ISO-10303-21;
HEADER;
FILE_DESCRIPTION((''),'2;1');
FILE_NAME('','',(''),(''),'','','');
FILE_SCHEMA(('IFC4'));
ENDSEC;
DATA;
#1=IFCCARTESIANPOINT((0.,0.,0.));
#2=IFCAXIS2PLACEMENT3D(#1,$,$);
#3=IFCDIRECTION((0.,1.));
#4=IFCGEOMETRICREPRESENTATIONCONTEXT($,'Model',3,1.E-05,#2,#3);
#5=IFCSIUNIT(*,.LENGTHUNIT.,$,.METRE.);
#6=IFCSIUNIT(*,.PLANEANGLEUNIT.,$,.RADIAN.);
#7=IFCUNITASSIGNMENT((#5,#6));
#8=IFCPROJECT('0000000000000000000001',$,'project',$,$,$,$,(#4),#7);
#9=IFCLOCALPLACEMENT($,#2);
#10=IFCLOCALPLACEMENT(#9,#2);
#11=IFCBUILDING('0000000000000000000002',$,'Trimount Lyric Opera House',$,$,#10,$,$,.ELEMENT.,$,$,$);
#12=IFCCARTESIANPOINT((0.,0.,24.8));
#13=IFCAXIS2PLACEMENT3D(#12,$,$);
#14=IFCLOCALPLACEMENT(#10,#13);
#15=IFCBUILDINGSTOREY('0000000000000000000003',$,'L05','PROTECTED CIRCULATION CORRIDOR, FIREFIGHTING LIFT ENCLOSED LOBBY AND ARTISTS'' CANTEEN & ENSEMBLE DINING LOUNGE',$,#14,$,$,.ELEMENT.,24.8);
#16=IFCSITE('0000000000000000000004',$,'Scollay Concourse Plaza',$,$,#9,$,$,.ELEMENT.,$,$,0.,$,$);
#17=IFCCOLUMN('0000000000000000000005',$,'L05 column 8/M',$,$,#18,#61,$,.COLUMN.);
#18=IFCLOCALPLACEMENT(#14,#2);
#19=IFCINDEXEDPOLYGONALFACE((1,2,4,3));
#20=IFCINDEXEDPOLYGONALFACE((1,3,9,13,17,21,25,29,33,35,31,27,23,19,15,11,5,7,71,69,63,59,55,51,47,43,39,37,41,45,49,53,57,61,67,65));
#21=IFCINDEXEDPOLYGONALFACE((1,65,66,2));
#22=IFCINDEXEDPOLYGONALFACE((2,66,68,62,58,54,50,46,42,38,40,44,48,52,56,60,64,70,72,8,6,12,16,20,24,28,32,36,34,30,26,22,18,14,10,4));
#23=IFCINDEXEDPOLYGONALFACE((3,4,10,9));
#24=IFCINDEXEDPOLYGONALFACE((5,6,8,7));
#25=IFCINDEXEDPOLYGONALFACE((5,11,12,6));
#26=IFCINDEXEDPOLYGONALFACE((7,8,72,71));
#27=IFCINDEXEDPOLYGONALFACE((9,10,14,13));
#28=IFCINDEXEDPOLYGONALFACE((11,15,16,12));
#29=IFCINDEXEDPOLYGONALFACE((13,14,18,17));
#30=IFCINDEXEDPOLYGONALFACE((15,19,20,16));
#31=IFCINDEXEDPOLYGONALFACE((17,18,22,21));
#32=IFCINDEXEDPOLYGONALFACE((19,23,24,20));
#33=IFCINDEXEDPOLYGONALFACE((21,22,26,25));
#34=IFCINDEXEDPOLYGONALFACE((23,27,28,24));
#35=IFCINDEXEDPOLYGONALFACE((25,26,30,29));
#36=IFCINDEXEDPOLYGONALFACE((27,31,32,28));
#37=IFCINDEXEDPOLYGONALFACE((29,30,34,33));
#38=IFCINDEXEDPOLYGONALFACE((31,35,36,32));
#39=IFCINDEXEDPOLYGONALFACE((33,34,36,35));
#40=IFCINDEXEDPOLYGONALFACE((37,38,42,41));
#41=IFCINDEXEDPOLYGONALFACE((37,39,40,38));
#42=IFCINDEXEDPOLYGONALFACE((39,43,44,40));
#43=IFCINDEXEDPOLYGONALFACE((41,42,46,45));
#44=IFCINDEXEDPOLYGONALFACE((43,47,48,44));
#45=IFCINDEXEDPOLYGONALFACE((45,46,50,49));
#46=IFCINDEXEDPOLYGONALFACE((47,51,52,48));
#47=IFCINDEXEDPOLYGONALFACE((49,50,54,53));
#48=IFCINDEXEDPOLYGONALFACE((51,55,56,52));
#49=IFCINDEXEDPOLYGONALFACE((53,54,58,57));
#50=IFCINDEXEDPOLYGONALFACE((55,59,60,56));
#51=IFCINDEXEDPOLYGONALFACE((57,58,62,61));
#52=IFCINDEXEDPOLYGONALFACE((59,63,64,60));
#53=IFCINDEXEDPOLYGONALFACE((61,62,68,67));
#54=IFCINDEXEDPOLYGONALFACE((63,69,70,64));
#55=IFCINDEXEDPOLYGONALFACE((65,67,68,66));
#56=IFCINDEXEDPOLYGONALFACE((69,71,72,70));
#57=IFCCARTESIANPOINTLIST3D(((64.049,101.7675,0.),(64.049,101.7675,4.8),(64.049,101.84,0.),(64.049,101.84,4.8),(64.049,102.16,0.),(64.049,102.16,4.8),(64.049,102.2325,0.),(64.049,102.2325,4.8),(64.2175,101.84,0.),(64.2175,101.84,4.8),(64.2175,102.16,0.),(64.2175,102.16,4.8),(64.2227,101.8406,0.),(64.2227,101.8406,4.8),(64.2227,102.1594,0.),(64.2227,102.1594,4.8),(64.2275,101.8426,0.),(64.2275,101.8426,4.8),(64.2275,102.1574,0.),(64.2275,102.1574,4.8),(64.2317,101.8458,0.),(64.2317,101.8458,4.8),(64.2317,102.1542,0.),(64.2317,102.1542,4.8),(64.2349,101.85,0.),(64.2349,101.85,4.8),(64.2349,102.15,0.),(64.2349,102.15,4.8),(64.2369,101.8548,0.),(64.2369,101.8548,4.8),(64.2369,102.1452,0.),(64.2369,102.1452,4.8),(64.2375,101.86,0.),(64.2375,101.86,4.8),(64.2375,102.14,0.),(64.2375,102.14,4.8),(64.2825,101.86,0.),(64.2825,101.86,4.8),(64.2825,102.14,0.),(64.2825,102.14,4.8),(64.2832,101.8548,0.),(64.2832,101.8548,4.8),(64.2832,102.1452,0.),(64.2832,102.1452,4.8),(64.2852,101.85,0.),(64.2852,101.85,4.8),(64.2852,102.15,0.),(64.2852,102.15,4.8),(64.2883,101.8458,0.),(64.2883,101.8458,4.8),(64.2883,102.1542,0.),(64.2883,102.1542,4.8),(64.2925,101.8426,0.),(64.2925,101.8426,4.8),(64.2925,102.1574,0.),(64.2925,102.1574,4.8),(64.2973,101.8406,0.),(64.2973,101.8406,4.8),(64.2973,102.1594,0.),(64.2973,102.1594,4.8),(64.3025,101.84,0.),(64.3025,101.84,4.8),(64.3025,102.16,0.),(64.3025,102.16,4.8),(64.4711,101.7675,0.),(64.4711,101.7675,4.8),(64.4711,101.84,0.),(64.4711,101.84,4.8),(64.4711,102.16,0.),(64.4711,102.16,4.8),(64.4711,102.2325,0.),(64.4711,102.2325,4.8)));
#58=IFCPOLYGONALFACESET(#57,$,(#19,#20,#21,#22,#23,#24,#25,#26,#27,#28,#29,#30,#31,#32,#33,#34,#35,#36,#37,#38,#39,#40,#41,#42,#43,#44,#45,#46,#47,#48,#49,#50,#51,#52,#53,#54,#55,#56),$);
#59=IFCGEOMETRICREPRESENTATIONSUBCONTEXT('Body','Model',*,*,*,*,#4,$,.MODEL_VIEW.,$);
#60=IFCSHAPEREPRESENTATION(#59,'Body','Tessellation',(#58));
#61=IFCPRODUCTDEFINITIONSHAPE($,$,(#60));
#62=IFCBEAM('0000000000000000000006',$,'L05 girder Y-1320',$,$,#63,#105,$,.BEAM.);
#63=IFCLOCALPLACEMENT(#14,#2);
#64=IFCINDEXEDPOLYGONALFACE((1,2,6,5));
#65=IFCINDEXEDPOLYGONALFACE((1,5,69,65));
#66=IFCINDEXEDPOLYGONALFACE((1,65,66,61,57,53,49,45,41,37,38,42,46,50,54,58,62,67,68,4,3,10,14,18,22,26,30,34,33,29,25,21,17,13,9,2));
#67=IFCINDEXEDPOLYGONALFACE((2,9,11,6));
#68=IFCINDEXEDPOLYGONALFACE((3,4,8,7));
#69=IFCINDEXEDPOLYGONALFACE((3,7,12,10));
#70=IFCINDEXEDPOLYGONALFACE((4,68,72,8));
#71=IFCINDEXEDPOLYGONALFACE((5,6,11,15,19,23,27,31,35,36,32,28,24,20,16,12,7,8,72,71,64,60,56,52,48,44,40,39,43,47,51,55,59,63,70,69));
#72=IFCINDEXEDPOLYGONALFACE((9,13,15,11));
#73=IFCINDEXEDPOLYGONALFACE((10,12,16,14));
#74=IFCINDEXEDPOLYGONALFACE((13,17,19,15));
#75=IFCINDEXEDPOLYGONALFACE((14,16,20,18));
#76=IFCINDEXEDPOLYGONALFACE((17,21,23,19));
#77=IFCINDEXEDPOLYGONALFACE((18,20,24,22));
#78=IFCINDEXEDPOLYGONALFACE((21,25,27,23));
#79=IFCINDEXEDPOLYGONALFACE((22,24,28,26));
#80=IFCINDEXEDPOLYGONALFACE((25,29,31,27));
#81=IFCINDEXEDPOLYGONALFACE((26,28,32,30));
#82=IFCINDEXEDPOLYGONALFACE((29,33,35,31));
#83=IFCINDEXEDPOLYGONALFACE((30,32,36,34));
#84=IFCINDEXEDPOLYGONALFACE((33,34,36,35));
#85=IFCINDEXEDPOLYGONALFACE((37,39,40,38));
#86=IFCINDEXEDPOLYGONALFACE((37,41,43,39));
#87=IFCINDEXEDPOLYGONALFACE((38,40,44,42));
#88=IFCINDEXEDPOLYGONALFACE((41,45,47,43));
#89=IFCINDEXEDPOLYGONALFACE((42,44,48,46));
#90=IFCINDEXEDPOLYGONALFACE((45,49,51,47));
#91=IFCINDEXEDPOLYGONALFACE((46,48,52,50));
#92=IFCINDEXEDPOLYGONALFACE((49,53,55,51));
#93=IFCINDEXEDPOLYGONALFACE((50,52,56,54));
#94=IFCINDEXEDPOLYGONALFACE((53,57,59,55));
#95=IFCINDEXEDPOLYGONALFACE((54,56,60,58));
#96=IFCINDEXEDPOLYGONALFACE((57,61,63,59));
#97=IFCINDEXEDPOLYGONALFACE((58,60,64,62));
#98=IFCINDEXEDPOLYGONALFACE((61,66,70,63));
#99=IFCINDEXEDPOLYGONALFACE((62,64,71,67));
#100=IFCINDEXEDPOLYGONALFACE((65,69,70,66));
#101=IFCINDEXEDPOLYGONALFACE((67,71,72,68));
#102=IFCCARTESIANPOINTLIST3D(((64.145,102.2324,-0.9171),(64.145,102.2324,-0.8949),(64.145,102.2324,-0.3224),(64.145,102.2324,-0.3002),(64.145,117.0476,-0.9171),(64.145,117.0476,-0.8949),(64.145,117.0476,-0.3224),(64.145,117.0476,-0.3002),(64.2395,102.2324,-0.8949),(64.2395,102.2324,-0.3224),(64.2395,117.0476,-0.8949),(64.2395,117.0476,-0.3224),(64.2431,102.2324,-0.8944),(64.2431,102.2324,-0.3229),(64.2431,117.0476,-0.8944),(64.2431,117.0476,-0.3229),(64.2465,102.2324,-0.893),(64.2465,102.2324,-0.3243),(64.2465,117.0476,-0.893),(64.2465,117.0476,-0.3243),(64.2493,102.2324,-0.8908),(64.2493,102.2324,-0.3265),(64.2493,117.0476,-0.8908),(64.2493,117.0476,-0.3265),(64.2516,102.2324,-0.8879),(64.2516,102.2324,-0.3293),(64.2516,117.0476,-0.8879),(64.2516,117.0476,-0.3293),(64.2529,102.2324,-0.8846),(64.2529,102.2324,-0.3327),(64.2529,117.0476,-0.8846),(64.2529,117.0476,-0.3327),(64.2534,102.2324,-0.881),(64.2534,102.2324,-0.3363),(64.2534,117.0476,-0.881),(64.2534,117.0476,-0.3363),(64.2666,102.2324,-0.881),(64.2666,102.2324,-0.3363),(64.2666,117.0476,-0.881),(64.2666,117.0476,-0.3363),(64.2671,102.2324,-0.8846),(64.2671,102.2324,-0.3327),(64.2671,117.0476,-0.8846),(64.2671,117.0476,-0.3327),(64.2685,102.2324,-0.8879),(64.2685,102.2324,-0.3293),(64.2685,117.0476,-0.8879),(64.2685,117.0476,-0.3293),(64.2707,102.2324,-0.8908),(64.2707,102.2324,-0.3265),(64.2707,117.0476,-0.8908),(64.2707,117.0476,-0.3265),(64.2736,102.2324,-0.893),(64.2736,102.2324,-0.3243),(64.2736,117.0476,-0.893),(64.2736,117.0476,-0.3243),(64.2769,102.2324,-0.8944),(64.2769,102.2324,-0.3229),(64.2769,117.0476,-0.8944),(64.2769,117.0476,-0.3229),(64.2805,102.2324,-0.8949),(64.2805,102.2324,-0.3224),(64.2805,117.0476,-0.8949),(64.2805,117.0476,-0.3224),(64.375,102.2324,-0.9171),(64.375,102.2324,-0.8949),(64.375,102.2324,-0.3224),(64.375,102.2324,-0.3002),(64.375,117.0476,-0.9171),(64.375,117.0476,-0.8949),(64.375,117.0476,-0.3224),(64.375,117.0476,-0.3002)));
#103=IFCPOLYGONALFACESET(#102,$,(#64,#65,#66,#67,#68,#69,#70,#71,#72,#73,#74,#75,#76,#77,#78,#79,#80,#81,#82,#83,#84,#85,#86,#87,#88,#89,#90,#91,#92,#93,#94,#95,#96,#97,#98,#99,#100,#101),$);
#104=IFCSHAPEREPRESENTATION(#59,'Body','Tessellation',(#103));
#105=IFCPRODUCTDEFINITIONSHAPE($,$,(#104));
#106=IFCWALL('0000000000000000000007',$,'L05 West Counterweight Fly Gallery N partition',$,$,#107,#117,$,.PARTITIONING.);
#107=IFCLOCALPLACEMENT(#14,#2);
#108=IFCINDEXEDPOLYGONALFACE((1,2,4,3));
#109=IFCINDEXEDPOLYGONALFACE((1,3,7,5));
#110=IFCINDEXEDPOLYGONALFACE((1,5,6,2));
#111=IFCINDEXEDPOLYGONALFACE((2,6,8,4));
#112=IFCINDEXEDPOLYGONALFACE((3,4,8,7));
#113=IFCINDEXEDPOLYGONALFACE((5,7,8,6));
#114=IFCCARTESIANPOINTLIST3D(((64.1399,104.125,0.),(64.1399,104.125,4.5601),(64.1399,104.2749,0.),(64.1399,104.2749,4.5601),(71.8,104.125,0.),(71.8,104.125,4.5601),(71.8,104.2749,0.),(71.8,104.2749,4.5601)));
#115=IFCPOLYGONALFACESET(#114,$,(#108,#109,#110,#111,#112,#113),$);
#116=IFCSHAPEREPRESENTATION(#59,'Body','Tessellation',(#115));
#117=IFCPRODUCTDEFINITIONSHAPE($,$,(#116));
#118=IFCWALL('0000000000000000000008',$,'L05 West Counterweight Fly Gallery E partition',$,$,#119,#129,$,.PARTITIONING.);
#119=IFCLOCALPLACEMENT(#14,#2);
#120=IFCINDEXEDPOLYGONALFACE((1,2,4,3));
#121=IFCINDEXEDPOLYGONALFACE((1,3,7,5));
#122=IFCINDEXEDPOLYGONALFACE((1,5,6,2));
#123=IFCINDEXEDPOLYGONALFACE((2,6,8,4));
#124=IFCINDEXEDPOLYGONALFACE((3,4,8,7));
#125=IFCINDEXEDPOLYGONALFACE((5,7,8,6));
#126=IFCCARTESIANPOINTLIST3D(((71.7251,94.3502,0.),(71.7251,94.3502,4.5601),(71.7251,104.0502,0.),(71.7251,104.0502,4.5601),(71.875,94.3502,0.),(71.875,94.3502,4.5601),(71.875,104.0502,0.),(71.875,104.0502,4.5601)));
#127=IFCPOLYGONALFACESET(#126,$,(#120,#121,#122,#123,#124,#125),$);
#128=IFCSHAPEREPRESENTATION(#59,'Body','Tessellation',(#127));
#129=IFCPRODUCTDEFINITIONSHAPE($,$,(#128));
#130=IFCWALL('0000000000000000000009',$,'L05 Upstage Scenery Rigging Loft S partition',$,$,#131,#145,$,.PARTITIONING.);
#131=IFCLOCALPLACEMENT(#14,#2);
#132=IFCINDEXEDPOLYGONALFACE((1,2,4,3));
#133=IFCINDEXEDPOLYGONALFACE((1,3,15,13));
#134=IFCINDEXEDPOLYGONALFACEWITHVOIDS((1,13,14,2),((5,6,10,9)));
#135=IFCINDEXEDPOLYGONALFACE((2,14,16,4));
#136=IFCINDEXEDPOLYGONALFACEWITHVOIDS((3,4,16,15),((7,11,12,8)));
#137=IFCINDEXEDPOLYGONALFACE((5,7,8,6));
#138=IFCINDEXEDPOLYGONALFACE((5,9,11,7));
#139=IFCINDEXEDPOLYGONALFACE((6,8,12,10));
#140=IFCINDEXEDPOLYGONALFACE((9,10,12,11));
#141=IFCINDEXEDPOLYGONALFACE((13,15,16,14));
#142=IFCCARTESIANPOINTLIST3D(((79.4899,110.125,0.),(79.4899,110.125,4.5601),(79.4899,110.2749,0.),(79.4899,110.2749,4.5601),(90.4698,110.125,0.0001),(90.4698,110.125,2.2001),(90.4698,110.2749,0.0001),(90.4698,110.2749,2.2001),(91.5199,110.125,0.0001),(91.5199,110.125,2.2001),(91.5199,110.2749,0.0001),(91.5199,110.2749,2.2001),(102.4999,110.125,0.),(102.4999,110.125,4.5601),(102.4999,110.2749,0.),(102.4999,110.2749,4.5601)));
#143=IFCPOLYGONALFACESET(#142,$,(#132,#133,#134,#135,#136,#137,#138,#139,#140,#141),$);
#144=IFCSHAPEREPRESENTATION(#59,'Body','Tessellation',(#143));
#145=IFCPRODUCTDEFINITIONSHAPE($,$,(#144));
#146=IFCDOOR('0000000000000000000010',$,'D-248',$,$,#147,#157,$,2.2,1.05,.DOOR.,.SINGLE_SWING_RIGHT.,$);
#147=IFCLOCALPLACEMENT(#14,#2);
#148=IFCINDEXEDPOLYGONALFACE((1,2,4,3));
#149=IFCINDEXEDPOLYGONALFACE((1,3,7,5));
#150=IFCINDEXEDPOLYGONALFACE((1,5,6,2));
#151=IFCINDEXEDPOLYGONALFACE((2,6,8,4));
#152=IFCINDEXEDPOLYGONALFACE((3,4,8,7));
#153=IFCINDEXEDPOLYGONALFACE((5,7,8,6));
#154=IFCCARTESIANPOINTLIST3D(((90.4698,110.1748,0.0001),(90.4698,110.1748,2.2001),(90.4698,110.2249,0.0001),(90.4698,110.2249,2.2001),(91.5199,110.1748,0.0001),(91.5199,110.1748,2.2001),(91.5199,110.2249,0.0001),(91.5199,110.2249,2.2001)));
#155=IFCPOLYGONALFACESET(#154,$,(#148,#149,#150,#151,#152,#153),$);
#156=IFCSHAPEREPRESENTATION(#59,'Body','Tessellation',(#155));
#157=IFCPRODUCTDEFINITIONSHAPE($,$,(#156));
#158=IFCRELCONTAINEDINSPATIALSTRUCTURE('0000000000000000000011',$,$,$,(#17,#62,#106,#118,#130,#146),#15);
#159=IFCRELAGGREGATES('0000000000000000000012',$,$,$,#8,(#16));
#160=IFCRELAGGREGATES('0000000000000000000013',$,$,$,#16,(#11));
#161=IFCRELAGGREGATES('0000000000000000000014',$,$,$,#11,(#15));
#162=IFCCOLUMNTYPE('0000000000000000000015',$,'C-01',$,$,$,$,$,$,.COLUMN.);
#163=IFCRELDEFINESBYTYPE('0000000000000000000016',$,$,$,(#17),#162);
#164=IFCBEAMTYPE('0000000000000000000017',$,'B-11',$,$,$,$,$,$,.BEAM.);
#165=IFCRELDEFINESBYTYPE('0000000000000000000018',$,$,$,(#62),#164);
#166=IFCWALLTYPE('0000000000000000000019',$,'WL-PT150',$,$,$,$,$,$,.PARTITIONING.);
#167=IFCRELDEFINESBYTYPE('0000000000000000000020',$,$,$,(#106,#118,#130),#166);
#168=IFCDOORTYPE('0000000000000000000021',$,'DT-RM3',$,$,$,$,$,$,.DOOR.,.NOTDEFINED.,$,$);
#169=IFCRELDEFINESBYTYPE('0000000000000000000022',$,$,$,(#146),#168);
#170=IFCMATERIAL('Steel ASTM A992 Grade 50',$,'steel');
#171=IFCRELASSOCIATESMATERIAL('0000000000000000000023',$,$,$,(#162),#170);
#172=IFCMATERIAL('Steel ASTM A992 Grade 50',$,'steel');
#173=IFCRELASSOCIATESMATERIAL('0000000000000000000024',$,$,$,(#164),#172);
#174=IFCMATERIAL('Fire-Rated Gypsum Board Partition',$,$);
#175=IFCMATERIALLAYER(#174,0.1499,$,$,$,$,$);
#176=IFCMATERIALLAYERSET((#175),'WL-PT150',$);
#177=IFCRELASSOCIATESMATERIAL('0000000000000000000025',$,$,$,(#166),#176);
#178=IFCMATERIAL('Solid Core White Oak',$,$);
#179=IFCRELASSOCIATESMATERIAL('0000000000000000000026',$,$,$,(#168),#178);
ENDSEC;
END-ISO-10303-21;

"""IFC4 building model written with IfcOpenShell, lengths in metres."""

from ifc_helpers import new_model, si_unit, direction, frame, frame_2d, origin, origin_2d, place, context, subcontext, project, spatial, rectangle, i_section, extrude, material, layer, layer_set, material_profile, profile_set, type_object, element, fill, save


model = new_model("IFC4")

# Units and contexts
model_context = context("Model", 3, precision=1e-05, world=origin(), true_north=direction((0.0, 1.0)))
body_context = subcontext(model_context, "Body", "Model", "MODEL_VIEW")
ifc_project = project(units=[si_unit("LENGTHUNIT", "METRE"), si_unit("PLANEANGLEUNIT", "RADIAN")], contexts=[model_context])

# Site, building, storey
site_placement = place(None, origin())
site = spatial("IfcSite", under=ifc_project, at=site_placement, Name="Scollay Concourse Plaza", CompositionType="ELEMENT", RefElevation=0.0)
building_placement = place(site_placement, origin())
building = spatial("IfcBuilding", under=site, at=building_placement, Name="Trimount Lyric Opera House", CompositionType="ELEMENT")
storey_placement = place(building_placement, frame((0.0, 0.0, 24.8)))
storey = spatial("IfcBuildingStorey", under=building, at=storey_placement, Name="L05", Description="PROTECTED CIRCULATION CORRIDOR, FIREFIGHTING LIFT ENCLOSED LOBBY AND ARTISTS' CANTEEN & ENSEMBLE DINING LOUNGE", CompositionType="ELEMENT", Elevation=24.8)

# Column
ifc_material_1 = material(Name="Steel ASTM A992 Grade 50", Category="steel")
ifc_material_profile_1 = material_profile(ifc_material_1, i_section(OverallWidth=0.4221, OverallDepth=0.4651, WebThickness=0.0449, FlangeThickness=0.0725, FilletRadius=0.02, at=origin_2d()), Name="W14X398")
ifc_profile_set_1 = profile_set([ifc_material_profile_1], Name="Steel ASTM A992 Grade 50")
column_type = type_object("IfcColumnType", Name="C-01", PredefinedType="COLUMN", material=ifc_profile_set_1)
column_placement = place(storey_placement, frame((64.26, 102.0, 0.0), z_axis=(0.0, 0.0, 1.0), x_axis=(1.0, 0.0, 0.0)))
element("IfcColumn", 1, at=column_placement, inside=storey, type_object=column_type, Name="L05 column 8/M", PredefinedType="COLUMN", context=body_context, shape_type="SweptSolid", body=[
    extrude(i_section(OverallWidth=0.4221, OverallDepth=0.4651, WebThickness=0.0449, FlangeThickness=0.0725, FilletRadius=0.02, at=origin_2d()), origin(), (0.0, 0.0, 1.0), 4.8),
])

# Beam
ifc_material_2 = material(Name="Steel ASTM A992 Grade 50", Category="steel")
ifc_material_profile_2 = material_profile(ifc_material_2, i_section(OverallWidth=0.23, OverallDepth=0.6169, WebThickness=0.0132, FlangeThickness=0.0222, FilletRadius=0.0139, at=origin_2d()), Name="W24X94")
ifc_profile_set_2 = profile_set([ifc_material_profile_2], Name="Steel ASTM A992 Grade 50")
beam_type = type_object("IfcBeamType", Name="B-11", PredefinedType="BEAM", material=ifc_profile_set_2)
beam_placement = place(storey_placement, frame((64.26, 102.2324, -0.6086), z_axis=(0.0, 1.0, 0.0), x_axis=(-1.0, 0.0, 0.0)))
element("IfcBeam", 2, at=beam_placement, inside=storey, type_object=beam_type, Name="L05 girder Y-1320", PredefinedType="BEAM", context=body_context, shape_type="SweptSolid", body=[
    extrude(i_section(OverallWidth=0.23, OverallDepth=0.6169, WebThickness=0.0132, FlangeThickness=0.0222, FilletRadius=0.0139, at=origin_2d()), origin(), (0.0, 0.0, 1.0), 14.8152),
])

# Walls
ifc_material_3 = material(Name="Fire-Rated Gypsum Board Partition")
ifc_layer_1 = layer(ifc_material_3, 0.1499)
ifc_layer_set_1 = layer_set([ifc_layer_1], Name="WL-PT150")
wall_type_1 = type_object("IfcWallType", Name="WL-PT150", PredefinedType="PARTITIONING", material=ifc_layer_set_1)
wall_1_placement = place(storey_placement, frame((71.8, 104.2, 0.0), z_axis=(0.0, 0.0, 1.0), x_axis=(-1.0, 0.0, 0.0)))
element("IfcWall", 3, at=wall_1_placement, inside=storey, type_object=wall_type_1, Name="L05 West Counterweight Fly Gallery N partition", PredefinedType="PARTITIONING", context=body_context, shape_type="SweptSolid", body=[
    extrude(rectangle(XDim=7.6602, YDim=0.1499, at=frame_2d((3.8301, 0.0))), origin(), (0.0, 0.0, 1.0), 4.5601),
])
wall_2_placement = place(storey_placement, frame((71.8, 94.3501, 0.0), z_axis=(0.0, 0.0, 1.0), x_axis=(0.0, 1.0, 0.0)))
element("IfcWall", 4, at=wall_2_placement, inside=storey, type_object=wall_type_1, Name="L05 West Counterweight Fly Gallery E partition", PredefinedType="PARTITIONING", context=body_context, shape_type="SweptSolid", body=[
    extrude(rectangle(XDim=9.7, YDim=0.1499, at=frame_2d((4.8501, 0.0))), origin(), (0.0, 0.0, 1.0), 4.5601),
])

# Wall, opening, door
wall_3_placement = place(storey_placement, frame((79.49, 110.2, 0.0), z_axis=(0.0, 0.0, 1.0), x_axis=(1.0, 0.0, 0.0)))
wall_3 = element("IfcWall", 5, at=wall_3_placement, inside=storey, type_object=wall_type_1, Name="L05 Upstage Scenery Rigging Loft S partition", PredefinedType="PARTITIONING", context=body_context, shape_type="SweptSolid", body=[
    extrude(rectangle(XDim=23.01, YDim=0.1499, at=frame_2d((11.5049, 0.0))), origin(), (0.0, 0.0, 1.0), 4.5601),
])
opening_1_placement = place(wall_3_placement, frame((10.98, 0.0, 0.0)))
opening_1 = element("IfcOpeningElement", 6, at=opening_1_placement, cuts=wall_3, PredefinedType="OPENING", context=body_context, shape_type="SweptSolid", body=[
    extrude(rectangle(XDim=1.05, YDim=2.2, at=frame_2d((0.5249, 1.1001))), frame((0.0, 0.085, 0.0), z_axis=(0.0, -1.0, 0.0), x_axis=(1.0, 0.0, 0.0)), (0.0, 0.0, 1.0), 0.1699),
])
ifc_material_4 = material(Name="Solid Core White Oak")
door_type_1 = type_object("IfcDoorType", Name="DT-RM3", OperationType="NOTDEFINED", PredefinedType="DOOR", material=ifc_material_4)
door_1_placement = place(opening_1_placement, origin())
door_1 = element("IfcDoor", 7, at=door_1_placement, inside=storey, type_object=door_type_1, Name="D-248", OperationType="SINGLE_SWING_RIGHT", OverallHeight=2.2, OverallWidth=1.05, PredefinedType="DOOR", context=body_context, shape_type="SweptSolid", body=[
    extrude(rectangle(XDim=1.05, YDim=2.2, at=frame_2d((0.5249, 1.1001))), frame((0.0, 0.0249, 0.0), z_axis=(0.0, -1.0, 0.0), x_axis=(1.0, 0.0, 0.0)), (0.0, 0.0, 1.0), 0.05),
])
fill(opening_1, door_1)

save(model, "model.ifc")
